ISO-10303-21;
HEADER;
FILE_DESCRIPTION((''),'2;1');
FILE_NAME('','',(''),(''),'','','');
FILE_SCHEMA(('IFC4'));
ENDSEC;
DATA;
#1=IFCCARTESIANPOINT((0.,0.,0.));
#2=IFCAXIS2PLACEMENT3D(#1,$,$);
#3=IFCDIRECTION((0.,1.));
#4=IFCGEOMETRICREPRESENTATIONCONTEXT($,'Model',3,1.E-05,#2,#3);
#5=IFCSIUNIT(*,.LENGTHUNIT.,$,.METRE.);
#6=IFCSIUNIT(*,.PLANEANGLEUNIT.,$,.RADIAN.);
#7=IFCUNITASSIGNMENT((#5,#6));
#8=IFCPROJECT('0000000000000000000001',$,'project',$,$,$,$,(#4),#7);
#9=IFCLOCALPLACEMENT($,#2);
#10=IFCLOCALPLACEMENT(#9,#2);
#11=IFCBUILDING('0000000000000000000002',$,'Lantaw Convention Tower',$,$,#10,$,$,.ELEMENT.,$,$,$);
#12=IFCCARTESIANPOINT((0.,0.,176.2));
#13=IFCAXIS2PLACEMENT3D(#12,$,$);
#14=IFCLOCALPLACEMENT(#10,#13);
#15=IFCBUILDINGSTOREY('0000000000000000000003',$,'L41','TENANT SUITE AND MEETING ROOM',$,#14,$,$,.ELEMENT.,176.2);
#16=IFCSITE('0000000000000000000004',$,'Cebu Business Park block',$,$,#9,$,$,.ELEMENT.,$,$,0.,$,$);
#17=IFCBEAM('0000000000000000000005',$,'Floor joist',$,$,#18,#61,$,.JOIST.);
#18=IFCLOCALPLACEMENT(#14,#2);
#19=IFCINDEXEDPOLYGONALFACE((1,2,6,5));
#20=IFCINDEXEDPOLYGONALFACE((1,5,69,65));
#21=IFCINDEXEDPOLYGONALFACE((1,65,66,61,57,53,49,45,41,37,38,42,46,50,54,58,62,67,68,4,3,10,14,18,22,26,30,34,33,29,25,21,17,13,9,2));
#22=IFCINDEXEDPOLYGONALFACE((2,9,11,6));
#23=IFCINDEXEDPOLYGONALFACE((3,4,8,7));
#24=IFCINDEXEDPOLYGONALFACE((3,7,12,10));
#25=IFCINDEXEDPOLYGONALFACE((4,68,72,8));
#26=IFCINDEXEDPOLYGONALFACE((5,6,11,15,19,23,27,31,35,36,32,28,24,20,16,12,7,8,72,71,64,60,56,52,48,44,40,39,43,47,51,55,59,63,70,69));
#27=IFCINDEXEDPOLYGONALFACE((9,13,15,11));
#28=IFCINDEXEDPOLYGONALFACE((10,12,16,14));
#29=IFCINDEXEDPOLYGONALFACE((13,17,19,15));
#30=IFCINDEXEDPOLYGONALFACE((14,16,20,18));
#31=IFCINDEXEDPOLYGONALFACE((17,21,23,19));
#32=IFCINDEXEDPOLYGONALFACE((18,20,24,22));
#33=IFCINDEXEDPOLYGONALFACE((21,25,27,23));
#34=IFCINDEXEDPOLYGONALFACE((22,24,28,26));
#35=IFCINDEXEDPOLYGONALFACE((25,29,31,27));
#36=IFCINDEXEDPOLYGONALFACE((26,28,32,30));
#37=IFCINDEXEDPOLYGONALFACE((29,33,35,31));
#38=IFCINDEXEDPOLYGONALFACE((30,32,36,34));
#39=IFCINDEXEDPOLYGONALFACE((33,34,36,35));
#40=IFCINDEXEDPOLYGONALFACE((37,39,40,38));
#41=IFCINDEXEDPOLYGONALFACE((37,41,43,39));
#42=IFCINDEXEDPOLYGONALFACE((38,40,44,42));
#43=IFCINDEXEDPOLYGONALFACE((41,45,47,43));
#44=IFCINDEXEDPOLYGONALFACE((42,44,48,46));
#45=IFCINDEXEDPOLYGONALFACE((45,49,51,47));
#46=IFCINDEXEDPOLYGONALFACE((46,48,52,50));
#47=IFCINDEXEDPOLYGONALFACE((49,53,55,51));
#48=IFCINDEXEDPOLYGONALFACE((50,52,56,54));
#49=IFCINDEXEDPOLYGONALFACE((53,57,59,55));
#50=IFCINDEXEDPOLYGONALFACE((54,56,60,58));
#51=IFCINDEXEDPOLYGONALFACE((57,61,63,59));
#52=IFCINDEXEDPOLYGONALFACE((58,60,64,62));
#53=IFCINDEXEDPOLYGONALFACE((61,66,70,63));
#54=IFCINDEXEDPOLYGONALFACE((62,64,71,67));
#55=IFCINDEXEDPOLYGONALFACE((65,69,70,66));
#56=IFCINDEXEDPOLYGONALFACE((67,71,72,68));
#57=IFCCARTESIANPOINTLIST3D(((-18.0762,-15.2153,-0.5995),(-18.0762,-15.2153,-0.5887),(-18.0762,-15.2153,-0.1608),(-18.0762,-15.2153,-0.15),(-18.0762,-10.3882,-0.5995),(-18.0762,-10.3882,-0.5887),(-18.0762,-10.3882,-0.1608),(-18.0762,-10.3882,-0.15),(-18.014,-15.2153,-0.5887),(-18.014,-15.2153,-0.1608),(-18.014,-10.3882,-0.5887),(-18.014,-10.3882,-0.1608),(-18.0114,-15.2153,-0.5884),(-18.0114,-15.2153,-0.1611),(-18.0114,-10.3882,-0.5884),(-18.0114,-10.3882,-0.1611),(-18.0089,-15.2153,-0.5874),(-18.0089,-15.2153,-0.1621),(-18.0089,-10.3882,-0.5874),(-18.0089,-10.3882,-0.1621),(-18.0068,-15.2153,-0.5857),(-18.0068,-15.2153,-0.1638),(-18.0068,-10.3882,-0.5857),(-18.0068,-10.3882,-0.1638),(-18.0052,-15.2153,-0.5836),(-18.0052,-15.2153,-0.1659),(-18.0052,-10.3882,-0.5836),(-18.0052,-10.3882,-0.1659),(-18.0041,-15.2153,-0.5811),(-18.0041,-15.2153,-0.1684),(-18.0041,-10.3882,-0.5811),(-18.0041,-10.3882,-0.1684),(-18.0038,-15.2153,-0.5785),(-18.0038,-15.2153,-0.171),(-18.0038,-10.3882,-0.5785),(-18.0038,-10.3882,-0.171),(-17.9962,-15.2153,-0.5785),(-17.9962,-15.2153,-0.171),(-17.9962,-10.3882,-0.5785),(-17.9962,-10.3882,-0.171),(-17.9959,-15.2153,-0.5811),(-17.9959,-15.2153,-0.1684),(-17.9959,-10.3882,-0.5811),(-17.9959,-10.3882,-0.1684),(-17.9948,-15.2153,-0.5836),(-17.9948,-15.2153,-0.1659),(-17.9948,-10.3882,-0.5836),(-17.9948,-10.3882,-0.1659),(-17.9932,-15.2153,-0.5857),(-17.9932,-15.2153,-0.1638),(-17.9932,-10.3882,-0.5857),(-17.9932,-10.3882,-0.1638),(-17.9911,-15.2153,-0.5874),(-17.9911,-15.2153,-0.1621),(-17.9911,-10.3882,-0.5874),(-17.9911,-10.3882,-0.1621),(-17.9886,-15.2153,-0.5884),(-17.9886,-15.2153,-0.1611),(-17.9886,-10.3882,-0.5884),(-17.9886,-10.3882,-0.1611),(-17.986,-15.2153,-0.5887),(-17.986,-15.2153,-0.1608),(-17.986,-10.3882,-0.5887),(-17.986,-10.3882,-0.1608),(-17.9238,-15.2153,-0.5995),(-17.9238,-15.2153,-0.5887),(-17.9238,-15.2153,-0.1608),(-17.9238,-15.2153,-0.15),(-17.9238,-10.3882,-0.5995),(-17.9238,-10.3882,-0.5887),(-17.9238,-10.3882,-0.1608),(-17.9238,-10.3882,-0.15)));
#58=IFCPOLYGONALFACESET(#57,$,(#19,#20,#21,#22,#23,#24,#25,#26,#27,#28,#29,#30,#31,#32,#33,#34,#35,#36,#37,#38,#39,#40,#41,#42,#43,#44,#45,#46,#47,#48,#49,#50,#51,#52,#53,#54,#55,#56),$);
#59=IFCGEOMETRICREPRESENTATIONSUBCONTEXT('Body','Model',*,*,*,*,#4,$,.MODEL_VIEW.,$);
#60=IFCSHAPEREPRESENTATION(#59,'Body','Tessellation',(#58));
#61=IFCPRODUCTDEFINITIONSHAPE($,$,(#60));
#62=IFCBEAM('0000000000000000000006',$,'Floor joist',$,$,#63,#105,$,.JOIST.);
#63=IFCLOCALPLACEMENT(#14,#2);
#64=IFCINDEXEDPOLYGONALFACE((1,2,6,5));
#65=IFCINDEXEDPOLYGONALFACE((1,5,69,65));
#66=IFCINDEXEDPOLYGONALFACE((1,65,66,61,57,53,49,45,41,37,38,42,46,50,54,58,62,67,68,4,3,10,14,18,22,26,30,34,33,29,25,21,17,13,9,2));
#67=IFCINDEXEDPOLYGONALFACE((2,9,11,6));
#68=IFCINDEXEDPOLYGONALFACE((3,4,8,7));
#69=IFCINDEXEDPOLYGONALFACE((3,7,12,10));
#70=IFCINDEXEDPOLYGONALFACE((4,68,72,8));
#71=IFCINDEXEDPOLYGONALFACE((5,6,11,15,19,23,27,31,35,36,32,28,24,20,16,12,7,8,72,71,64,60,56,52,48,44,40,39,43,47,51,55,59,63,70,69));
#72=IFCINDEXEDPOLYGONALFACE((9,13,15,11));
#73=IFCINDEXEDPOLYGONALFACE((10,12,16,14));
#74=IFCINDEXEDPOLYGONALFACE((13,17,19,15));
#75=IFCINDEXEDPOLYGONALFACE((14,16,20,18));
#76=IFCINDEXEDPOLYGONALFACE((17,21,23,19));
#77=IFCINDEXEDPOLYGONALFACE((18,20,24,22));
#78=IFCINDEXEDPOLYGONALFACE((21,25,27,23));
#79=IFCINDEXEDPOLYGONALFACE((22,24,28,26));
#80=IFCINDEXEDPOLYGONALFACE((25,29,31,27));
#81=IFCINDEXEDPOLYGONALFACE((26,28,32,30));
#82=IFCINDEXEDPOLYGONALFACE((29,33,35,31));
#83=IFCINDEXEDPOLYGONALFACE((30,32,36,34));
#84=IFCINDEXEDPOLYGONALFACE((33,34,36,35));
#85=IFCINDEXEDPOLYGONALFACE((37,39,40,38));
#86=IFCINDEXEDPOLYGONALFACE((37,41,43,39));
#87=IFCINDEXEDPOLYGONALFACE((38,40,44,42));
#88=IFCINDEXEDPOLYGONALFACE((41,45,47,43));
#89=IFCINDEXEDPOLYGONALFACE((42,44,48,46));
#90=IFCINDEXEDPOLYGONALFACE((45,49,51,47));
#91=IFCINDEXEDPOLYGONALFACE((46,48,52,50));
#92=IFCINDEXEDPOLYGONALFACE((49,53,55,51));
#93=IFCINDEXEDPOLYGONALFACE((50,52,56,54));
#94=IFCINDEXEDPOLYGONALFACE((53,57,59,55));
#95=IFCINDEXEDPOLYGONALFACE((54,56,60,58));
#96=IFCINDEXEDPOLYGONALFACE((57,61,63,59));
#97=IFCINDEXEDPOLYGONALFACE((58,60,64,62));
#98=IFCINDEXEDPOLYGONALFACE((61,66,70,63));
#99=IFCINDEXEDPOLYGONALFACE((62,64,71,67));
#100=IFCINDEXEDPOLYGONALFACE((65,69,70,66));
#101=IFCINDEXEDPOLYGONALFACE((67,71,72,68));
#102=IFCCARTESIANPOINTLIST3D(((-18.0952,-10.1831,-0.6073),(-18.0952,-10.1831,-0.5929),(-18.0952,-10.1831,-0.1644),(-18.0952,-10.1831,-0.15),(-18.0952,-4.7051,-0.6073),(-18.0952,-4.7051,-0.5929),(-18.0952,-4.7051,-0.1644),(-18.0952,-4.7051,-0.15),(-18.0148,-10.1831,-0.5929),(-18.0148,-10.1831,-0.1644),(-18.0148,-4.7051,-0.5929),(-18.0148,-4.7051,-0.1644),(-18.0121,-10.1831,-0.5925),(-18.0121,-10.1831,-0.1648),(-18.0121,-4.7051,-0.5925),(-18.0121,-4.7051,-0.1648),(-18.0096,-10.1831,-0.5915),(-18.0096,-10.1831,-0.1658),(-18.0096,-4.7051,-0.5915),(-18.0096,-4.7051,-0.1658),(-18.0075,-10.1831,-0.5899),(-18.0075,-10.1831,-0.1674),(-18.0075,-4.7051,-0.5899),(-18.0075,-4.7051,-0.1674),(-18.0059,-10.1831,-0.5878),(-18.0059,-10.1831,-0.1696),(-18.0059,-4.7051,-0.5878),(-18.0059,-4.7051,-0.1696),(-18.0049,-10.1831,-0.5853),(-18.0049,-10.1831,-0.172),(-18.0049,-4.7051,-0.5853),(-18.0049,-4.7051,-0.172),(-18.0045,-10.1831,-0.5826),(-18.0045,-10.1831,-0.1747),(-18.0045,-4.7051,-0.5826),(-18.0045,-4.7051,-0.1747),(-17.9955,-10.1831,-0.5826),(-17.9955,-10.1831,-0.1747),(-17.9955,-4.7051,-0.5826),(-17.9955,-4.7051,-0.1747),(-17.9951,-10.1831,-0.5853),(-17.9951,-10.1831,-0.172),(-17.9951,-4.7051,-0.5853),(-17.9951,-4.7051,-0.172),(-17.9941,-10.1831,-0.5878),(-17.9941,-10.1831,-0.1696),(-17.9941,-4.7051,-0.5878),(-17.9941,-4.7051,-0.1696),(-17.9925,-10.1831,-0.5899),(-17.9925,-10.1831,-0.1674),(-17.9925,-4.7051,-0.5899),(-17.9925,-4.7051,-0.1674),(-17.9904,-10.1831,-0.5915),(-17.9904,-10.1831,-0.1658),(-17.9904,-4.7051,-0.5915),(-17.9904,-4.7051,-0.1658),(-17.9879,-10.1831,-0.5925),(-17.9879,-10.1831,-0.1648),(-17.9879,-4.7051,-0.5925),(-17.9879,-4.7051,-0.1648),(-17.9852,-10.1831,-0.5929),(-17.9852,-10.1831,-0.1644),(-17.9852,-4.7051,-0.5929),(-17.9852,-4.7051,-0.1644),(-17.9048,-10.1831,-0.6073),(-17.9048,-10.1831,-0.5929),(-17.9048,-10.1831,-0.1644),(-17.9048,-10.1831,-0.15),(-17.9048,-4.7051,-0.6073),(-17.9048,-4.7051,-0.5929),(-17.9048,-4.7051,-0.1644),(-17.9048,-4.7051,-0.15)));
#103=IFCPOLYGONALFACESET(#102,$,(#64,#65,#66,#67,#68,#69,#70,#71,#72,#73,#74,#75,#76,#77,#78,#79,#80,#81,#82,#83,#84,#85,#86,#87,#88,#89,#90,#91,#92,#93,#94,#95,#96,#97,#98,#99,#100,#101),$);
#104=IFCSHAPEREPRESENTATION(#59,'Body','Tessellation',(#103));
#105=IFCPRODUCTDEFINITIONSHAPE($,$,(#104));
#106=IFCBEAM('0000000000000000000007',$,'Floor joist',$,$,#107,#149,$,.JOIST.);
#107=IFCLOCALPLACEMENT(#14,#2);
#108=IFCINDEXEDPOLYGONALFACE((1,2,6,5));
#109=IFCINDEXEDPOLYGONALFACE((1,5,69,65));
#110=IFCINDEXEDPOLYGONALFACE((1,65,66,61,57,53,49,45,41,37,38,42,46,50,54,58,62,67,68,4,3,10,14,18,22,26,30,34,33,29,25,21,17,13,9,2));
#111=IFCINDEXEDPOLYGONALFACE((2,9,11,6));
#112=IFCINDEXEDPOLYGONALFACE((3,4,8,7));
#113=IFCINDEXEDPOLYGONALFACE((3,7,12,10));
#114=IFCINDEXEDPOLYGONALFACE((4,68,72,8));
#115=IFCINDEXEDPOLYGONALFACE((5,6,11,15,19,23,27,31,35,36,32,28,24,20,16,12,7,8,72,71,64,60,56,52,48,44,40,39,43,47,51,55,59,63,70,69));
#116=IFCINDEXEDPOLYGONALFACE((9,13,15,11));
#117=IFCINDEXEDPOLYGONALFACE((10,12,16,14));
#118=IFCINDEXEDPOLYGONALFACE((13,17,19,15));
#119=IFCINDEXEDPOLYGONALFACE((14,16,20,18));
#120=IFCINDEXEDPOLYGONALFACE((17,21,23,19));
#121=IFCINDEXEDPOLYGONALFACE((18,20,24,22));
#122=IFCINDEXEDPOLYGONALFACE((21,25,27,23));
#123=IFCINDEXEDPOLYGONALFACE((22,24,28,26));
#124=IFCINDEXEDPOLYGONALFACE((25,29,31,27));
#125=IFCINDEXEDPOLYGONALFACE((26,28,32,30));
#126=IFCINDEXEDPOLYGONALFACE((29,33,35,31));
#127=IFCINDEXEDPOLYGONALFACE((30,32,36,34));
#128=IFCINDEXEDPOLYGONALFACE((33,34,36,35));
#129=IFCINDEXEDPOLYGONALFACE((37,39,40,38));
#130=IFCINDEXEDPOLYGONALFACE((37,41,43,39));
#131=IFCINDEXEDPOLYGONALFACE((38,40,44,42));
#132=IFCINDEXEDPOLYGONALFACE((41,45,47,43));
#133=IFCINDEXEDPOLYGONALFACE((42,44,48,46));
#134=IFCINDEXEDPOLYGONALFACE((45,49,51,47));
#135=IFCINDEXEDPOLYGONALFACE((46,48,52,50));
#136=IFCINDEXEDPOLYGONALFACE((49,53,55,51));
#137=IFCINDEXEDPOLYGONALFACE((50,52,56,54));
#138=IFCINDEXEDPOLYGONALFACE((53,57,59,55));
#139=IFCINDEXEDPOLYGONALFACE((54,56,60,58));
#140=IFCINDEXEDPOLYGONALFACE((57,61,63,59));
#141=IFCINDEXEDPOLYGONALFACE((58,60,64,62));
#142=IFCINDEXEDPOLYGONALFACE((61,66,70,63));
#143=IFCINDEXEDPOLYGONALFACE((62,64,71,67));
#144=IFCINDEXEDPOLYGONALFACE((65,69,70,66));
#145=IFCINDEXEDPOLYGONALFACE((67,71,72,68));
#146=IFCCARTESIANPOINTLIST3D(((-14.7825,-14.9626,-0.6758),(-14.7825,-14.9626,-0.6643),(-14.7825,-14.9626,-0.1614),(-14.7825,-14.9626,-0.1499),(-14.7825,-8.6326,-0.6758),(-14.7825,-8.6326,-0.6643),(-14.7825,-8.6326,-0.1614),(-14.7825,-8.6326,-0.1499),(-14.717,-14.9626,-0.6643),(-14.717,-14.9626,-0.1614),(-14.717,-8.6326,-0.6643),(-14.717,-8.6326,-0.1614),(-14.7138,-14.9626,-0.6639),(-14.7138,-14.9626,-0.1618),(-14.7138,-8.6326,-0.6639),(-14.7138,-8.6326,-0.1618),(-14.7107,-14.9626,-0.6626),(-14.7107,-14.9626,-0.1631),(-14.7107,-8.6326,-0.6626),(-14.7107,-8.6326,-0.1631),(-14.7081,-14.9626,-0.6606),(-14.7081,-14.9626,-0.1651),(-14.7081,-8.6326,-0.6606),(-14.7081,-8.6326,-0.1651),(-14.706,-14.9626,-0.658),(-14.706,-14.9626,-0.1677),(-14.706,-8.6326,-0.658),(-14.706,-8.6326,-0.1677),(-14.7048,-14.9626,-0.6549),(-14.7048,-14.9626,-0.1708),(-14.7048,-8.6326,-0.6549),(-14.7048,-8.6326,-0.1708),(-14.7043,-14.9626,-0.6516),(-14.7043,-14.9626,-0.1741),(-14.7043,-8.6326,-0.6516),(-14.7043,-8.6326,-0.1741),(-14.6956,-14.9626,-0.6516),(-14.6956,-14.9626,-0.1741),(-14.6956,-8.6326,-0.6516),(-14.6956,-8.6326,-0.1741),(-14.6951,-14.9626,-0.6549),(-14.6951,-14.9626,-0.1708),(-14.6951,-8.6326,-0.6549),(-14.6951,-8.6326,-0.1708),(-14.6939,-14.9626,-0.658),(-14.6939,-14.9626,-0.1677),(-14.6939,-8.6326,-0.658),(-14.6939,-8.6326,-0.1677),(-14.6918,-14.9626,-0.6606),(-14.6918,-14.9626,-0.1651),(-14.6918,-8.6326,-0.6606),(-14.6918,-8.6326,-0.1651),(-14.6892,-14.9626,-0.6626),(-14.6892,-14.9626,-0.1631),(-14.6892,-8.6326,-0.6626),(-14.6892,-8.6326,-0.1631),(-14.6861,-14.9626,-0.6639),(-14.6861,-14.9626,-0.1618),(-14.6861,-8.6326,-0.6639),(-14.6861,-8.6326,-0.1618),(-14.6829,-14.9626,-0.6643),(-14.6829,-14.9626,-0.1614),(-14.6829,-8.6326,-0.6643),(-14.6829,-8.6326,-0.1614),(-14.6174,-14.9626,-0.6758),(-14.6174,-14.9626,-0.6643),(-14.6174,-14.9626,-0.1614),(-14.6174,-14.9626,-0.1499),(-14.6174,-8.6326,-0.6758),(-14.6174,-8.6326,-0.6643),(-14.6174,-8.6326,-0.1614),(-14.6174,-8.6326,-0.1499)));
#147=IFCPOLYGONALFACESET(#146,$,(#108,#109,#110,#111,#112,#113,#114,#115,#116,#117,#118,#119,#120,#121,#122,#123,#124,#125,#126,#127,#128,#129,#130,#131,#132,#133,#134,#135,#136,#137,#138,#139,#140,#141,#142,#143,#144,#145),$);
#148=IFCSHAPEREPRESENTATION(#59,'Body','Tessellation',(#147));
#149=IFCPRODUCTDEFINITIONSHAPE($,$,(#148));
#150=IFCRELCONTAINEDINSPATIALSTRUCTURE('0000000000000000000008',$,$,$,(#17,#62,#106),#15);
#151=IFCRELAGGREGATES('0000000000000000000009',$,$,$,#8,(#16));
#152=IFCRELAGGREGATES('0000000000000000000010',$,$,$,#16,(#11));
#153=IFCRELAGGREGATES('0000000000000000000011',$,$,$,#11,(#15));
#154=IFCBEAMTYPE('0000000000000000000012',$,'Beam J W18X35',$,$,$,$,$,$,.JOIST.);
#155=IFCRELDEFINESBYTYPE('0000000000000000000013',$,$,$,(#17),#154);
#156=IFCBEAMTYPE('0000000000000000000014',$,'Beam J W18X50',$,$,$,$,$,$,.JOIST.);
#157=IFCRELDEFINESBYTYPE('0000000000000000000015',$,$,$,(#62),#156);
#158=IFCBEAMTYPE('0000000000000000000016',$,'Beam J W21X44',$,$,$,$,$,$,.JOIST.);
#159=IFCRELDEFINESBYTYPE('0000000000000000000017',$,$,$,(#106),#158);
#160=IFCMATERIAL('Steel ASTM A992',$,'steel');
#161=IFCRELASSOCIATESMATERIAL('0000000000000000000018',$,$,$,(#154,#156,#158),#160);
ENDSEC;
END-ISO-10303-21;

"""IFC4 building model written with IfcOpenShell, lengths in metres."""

from ifc_helpers import new_model, si_unit, direction, frame, origin, origin_2d, place, context, subcontext, project, spatial, i_section, extrude, material, material_profile, profile_set, type_object, element, save


model = new_model("IFC4")

# Units and contexts
model_context = context("Model", 3, precision=1e-05, world=origin(), true_north=direction((0.0, 1.0)))
body_context = subcontext(model_context, "Body", "Model", "MODEL_VIEW")
ifc_project = project(units=[si_unit("LENGTHUNIT", "METRE"), si_unit("PLANEANGLEUNIT", "RADIAN")], contexts=[model_context])

# Site, building, storey
site_placement = place(None, origin())
site = spatial("IfcSite", under=ifc_project, at=site_placement, Name="Cebu Business Park block", CompositionType="ELEMENT", RefElevation=0.0)
building_placement = place(site_placement, origin())
building = spatial("IfcBuilding", under=site, at=building_placement, Name="Lantaw Convention Tower", CompositionType="ELEMENT")
storey_placement = place(building_placement, frame((0.0, 0.0, 176.2)))
storey = spatial("IfcBuildingStorey", under=building, at=storey_placement, Name="L41", Description="TENANT SUITE AND MEETING ROOM", CompositionType="ELEMENT", Elevation=176.2)

# Beams
ifc_material_1 = material(Name="Steel ASTM A992", Category="steel")
ifc_material_profile_1 = material_profile(ifc_material_1, i_section(OverallWidth=0.1523, OverallDepth=0.4495, WebThickness=0.0076, FlangeThickness=0.0107, FilletRadius=0.0103, at=origin_2d()), Name="W18X35")
ifc_profile_set_1 = profile_set([ifc_material_profile_1], Name="Steel ASTM A992")
beam_type_1 = type_object("IfcBeamType", Name="Beam J W18X35", PredefinedType="JOIST", material=ifc_profile_set_1)
beam_1_placement = place(storey_placement, frame((-18.0, -15.2153, -0.3748), z_axis=(0.0, 1.0, 0.0), x_axis=(-1.0, 0.0, 0.0)))
element("IfcBeam", 1, at=beam_1_placement, inside=storey, type_object=beam_type_1, Name="Floor joist", PredefinedType="JOIST", context=body_context, shape_type="SweptSolid", body=[
    extrude(i_section(OverallWidth=0.1523, OverallDepth=0.4495, WebThickness=0.0076, FlangeThickness=0.0107, FilletRadius=0.0103, at=origin_2d()), origin(), (0.0, 0.0, 1.0), 4.8271),
])
ifc_material_profile_2 = material_profile(ifc_material_1, i_section(OverallWidth=0.1904, OverallDepth=0.4573, WebThickness=0.009, FlangeThickness=0.0144, FilletRadius=0.0103, at=origin_2d()), Name="W18X50")
ifc_profile_set_2 = profile_set([ifc_material_profile_2], Name="Steel ASTM A992")
beam_type_2 = type_object("IfcBeamType", Name="Beam J W18X50", PredefinedType="JOIST", material=ifc_profile_set_2)
beam_2_placement = place(storey_placement, frame((-18.0, -10.1831, -0.3787), z_axis=(0.0, 1.0, 0.0), x_axis=(-1.0, 0.0, 0.0)))
element("IfcBeam", 2, at=beam_2_placement, inside=storey, type_object=beam_type_2, Name="Floor joist", PredefinedType="JOIST", context=body_context, shape_type="SweptSolid", body=[
    extrude(i_section(OverallWidth=0.1904, OverallDepth=0.4573, WebThickness=0.009, FlangeThickness=0.0144, FilletRadius=0.0103, at=origin_2d()), origin(), (0.0, 0.0, 1.0), 5.478),
])
ifc_material_profile_3 = material_profile(ifc_material_1, i_section(OverallWidth=0.165, OverallDepth=0.5259, WebThickness=0.0088, FlangeThickness=0.0115, FilletRadius=0.0127, at=origin_2d()), Name="W21X44")
ifc_profile_set_3 = profile_set([ifc_material_profile_3], Name="Steel ASTM A992")
beam_type_3 = type_object("IfcBeamType", Name="Beam J W21X44", PredefinedType="JOIST", material=ifc_profile_set_3)
beam_3_placement = place(storey_placement, frame((-14.7, -14.9626, -0.4128), z_axis=(0.0, 1.0, 0.0), x_axis=(-1.0, 0.0, 0.0)))
element("IfcBeam", 3, at=beam_3_placement, inside=storey, type_object=beam_type_3, Name="Floor joist", PredefinedType="JOIST", context=body_context, shape_type="SweptSolid", body=[
    extrude(i_section(OverallWidth=0.165, OverallDepth=0.5259, WebThickness=0.0088, FlangeThickness=0.0115, FilletRadius=0.0127, at=origin_2d()), origin(), (0.0, 0.0, 1.0), 6.3301),
])

save(model, "model.ifc")
